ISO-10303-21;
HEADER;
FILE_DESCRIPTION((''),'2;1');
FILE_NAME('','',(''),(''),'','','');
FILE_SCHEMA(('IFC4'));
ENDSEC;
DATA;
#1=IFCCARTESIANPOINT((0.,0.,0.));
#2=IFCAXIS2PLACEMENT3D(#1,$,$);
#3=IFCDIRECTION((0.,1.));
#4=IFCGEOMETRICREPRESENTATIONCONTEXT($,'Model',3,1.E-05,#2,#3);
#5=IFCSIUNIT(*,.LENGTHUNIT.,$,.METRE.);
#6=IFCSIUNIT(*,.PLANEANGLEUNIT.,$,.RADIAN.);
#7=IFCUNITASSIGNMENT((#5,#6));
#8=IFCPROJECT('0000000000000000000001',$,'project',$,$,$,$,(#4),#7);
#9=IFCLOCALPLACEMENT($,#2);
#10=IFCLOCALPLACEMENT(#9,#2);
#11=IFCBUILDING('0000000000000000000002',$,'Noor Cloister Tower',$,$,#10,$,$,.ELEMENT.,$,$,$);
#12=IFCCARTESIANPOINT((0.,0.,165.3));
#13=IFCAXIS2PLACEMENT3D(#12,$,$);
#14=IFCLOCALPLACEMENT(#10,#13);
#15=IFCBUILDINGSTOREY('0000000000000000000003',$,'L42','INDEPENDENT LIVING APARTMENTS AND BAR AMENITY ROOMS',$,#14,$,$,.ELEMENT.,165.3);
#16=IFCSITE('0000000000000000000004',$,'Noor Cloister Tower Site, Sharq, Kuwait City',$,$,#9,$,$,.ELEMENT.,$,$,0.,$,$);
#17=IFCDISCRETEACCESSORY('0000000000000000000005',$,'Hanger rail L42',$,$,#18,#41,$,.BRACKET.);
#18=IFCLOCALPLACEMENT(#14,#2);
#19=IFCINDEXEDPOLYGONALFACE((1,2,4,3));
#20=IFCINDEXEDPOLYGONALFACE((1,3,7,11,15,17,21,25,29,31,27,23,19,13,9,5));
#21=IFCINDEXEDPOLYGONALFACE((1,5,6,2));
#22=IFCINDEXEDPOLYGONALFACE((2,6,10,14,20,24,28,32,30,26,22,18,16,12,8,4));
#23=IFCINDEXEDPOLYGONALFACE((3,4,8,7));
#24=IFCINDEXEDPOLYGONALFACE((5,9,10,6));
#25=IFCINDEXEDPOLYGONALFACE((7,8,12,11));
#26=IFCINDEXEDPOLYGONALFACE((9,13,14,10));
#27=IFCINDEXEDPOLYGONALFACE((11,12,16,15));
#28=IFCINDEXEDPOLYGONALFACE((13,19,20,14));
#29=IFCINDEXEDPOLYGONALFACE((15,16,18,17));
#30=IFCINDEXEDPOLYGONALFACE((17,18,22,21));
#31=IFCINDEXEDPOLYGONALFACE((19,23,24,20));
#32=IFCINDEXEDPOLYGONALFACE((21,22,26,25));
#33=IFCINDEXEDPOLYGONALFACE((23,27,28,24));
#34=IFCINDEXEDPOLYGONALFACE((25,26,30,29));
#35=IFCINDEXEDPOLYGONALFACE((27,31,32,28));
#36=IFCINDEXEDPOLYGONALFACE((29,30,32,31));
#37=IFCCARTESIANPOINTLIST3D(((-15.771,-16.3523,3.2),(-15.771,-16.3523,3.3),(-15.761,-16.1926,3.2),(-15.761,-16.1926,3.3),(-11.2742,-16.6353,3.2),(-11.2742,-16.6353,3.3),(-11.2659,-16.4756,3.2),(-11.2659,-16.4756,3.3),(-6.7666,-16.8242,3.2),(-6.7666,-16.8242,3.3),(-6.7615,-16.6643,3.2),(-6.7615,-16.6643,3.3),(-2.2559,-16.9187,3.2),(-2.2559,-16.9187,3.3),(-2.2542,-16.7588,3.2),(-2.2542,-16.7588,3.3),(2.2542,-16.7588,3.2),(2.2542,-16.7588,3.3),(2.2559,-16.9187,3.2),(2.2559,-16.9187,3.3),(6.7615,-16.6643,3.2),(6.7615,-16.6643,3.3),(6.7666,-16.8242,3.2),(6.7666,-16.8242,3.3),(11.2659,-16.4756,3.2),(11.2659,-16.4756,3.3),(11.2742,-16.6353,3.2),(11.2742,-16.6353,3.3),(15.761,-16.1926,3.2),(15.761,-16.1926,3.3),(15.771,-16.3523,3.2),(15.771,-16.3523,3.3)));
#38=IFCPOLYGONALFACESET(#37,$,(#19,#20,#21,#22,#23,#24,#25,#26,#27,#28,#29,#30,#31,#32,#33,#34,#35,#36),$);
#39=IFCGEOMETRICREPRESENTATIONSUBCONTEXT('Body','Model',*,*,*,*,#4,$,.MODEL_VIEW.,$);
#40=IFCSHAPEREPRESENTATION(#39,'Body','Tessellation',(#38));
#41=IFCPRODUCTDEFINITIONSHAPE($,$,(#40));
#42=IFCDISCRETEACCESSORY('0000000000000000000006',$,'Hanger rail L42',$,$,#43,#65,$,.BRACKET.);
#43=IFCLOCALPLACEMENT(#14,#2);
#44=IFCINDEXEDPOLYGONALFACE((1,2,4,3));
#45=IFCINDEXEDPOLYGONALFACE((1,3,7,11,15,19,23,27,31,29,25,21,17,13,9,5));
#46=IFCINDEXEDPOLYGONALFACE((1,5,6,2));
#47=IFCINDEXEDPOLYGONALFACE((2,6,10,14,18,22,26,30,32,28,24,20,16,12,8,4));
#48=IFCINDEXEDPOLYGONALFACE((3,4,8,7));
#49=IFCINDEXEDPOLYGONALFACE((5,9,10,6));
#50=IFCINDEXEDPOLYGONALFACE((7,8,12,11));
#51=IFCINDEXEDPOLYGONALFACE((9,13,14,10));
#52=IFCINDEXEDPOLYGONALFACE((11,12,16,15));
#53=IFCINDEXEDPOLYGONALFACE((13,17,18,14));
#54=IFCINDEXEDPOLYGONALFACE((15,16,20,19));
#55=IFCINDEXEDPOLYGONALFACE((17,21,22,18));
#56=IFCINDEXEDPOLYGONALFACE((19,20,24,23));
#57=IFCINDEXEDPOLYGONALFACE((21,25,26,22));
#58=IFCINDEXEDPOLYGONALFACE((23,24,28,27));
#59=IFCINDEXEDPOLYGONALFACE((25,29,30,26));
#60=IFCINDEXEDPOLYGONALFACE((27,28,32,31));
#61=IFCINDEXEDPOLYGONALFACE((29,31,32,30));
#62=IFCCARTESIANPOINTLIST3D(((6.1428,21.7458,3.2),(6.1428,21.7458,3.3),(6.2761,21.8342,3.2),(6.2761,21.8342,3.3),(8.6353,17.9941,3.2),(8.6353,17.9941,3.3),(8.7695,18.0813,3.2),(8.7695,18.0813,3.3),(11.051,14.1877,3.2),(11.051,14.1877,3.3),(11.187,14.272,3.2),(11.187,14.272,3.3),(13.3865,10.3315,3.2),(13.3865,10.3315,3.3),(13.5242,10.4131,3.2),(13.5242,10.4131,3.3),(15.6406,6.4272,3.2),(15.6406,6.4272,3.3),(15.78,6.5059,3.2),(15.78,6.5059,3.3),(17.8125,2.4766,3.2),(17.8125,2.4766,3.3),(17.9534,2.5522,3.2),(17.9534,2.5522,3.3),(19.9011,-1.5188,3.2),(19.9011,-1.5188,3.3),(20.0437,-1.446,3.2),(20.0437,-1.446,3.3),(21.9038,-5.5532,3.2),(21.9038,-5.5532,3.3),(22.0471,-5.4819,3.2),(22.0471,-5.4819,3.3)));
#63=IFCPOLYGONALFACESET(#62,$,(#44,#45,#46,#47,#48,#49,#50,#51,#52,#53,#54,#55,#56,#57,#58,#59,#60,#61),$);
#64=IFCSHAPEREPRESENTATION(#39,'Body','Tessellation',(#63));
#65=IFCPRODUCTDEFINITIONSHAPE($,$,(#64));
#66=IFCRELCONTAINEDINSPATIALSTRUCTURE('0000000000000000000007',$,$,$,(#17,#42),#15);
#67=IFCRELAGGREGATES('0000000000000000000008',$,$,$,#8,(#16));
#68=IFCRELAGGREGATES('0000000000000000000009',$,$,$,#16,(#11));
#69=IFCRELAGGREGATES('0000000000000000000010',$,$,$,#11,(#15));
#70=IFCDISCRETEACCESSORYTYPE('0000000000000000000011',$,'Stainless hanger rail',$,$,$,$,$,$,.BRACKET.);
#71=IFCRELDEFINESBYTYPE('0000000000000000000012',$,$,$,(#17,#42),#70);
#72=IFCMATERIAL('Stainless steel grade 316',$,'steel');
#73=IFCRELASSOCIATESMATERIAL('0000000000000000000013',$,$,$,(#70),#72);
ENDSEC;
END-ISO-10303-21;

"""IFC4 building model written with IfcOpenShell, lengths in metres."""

from ifc_helpers import new_model, si_unit, direction, frame, origin, place, context, subcontext, project, spatial, polyline, outline, extrude, material, type_object, element, save


model = new_model("IFC4")

# Units and contexts
model_context = context("Model", 3, precision=1e-05, world=origin(), true_north=direction((0.0, 1.0)))
body_context = subcontext(model_context, "Body", "Model", "MODEL_VIEW")
ifc_project = project(units=[si_unit("LENGTHUNIT", "METRE"), si_unit("PLANEANGLEUNIT", "RADIAN")], contexts=[model_context])

# Site, building, storey
site_placement = place(None, origin())
site = spatial("IfcSite", under=ifc_project, at=site_placement, Name="Noor Cloister Tower Site, Sharq, Kuwait City", CompositionType="ELEMENT", RefElevation=0.0)
building_placement = place(site_placement, origin())
building = spatial("IfcBuilding", under=site, at=building_placement, Name="Noor Cloister Tower", CompositionType="ELEMENT")
storey_placement = place(building_placement, frame((0.0, 0.0, 165.3)))
storey = spatial("IfcBuildingStorey", under=building, at=storey_placement, Name="L42", Description="INDEPENDENT LIVING APARTMENTS AND BAR AMENITY ROOMS", CompositionType="ELEMENT", Elevation=165.3)

# Discrete accessories
ifc_material_1 = material(Name="Stainless steel grade 316", Category="steel")
discrete_accessory_type = type_object("IfcDiscreteAccessoryType", Name="Stainless hanger rail", PredefinedType="BRACKET", material=ifc_material_1)
discrete_accessory_1_placement = place(storey_placement, frame((0.0, 0.0, 3.2)))
element("IfcDiscreteAccessory", 1, at=discrete_accessory_1_placement, inside=storey, type_object=discrete_accessory_type, Name="Hanger rail L42", PredefinedType="BRACKET", context=body_context, shape_type="SweptSolid", body=[
    extrude(outline(polyline([(-15.771, -16.3523), (-11.2742, -16.6353), (-6.7666, -16.8242), (-2.2559, -16.9187), (2.2559, -16.9187), (6.7666, -16.8242), (11.2742, -16.6353), (15.771, -16.3523), (15.761, -16.1926), (11.2659, -16.4756), (6.7615, -16.6643), (2.2542, -16.7588), (-2.2542, -16.7588), (-6.7615, -16.6643), (-11.2659, -16.4756), (-15.761, -16.1926), (-15.771, -16.3523)])), origin(), (0.0, 0.0, 1.0), 0.1001),
])
discrete_accessory_2_placement = place(storey_placement, frame((0.0, 0.0, 3.2)))
element("IfcDiscreteAccessory", 2, at=discrete_accessory_2_placement, inside=storey, type_object=discrete_accessory_type, Name="Hanger rail L42", PredefinedType="BRACKET", context=body_context, shape_type="SweptSolid", body=[
    extrude(outline(polyline([(22.0471, -5.4819), (20.0437, -1.446), (17.9534, 2.5522), (15.78, 6.5059), (13.5242, 10.4131), (11.187, 14.272), (8.7695, 18.0813), (6.2761, 21.8342), (6.1428, 21.7458), (8.6353, 17.9941), (11.051, 14.1877), (13.3865, 10.3315), (15.6406, 6.4272), (17.8125, 2.4766), (19.9011, -1.5188), (21.9038, -5.5532), (22.0471, -5.4819)])), origin(), (0.0, 0.0, 1.0), 0.1001),
])

save(model, "model.ifc")
